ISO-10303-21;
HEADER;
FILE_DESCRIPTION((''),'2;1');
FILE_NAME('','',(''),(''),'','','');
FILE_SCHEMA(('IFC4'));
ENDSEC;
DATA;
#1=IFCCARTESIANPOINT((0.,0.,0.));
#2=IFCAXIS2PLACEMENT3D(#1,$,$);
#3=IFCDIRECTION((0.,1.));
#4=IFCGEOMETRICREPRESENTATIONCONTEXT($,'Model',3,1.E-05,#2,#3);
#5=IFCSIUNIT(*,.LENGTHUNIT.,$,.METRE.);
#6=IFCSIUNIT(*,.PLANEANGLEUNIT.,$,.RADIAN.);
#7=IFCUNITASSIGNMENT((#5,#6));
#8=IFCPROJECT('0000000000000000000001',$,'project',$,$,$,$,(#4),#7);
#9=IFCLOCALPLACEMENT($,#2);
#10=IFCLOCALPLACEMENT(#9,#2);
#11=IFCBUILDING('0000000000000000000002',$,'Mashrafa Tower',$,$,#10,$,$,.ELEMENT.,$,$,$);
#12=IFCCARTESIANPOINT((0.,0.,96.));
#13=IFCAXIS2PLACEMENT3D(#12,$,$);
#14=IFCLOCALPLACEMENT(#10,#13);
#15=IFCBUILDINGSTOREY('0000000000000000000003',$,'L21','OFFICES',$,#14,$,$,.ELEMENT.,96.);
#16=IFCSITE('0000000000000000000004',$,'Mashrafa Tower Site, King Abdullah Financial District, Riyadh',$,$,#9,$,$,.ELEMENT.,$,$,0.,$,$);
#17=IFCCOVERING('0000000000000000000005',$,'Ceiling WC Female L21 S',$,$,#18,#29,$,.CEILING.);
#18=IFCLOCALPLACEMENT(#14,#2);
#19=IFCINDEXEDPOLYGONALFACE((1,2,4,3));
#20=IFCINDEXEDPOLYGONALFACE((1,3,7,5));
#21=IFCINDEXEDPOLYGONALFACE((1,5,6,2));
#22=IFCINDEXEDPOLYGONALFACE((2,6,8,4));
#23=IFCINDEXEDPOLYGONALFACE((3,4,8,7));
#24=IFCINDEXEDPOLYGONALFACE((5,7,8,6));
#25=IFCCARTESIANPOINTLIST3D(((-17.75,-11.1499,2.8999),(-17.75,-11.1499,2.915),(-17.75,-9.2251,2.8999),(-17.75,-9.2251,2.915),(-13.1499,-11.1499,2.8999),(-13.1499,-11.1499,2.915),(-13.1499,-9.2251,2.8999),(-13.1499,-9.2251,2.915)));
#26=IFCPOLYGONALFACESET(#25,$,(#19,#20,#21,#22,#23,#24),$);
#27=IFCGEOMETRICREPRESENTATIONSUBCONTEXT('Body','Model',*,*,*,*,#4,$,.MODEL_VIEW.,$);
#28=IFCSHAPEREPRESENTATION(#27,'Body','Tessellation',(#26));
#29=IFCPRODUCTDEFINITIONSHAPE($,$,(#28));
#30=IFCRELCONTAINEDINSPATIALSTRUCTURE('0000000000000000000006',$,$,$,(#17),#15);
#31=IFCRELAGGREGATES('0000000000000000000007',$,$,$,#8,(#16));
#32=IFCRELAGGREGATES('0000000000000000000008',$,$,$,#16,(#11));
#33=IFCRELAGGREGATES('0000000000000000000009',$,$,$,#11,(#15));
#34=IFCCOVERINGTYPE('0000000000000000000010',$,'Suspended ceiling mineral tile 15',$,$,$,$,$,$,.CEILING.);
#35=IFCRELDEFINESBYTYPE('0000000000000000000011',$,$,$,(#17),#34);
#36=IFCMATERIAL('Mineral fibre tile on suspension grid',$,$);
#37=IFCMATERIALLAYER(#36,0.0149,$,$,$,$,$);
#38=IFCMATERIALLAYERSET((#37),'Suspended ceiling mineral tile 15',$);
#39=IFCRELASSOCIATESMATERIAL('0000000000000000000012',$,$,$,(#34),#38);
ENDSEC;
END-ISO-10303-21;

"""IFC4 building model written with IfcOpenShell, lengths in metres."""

from ifc_helpers import new_model, si_unit, direction, frame, origin, place, context, subcontext, project, spatial, polyline, outline, extrude, material, layer, layer_set, type_object, element, save


model = new_model("IFC4")

# Units and contexts
model_context = context("Model", 3, precision=1e-05, world=origin(), true_north=direction((0.0, 1.0)))
body_context = subcontext(model_context, "Body", "Model", "MODEL_VIEW")
ifc_project = project(units=[si_unit("LENGTHUNIT", "METRE"), si_unit("PLANEANGLEUNIT", "RADIAN")], contexts=[model_context])

# Site, building, storey
site_placement = place(None, origin())
site = spatial("IfcSite", under=ifc_project, at=site_placement, Name="Mashrafa Tower Site, King Abdullah Financial District, Riyadh", CompositionType="ELEMENT", RefElevation=0.0)
building_placement = place(site_placement, origin())
building = spatial("IfcBuilding", under=site, at=building_placement, Name="Mashrafa Tower", CompositionType="ELEMENT")
storey_placement = place(building_placement, frame((0.0, 0.0, 96.0)))
storey = spatial("IfcBuildingStorey", under=building, at=storey_placement, Name="L21", Description="OFFICES", CompositionType="ELEMENT", Elevation=96.0)

# Covering
ifc_material_1 = material(Name="Mineral fibre tile on suspension grid")
ifc_layer_1 = layer(ifc_material_1, 0.0149)
ifc_layer_set_1 = layer_set([ifc_layer_1], Name="Suspended ceiling mineral tile 15")
covering_type_1 = type_object("IfcCoveringType", Name="Suspended ceiling mineral tile 15", PredefinedType="CEILING", material=ifc_layer_set_1)
covering_1_placement = place(storey_placement, frame((0.0, 0.0, 2.8999)))
element("IfcCovering", 1, at=covering_1_placement, inside=storey, type_object=covering_type_1, Name="Ceiling WC Female L21 S", PredefinedType="CEILING", context=body_context, shape_type="SweptSolid", body=[
    extrude(outline(polyline([(-17.75, -11.1499), (-17.75, -9.2251), (-13.1499, -9.2251), (-13.1499, -11.1499), (-17.75, -11.1499)])), origin(), (0.0, 0.0, 1.0), 0.0151),
])

save(model, "model.ifc")
